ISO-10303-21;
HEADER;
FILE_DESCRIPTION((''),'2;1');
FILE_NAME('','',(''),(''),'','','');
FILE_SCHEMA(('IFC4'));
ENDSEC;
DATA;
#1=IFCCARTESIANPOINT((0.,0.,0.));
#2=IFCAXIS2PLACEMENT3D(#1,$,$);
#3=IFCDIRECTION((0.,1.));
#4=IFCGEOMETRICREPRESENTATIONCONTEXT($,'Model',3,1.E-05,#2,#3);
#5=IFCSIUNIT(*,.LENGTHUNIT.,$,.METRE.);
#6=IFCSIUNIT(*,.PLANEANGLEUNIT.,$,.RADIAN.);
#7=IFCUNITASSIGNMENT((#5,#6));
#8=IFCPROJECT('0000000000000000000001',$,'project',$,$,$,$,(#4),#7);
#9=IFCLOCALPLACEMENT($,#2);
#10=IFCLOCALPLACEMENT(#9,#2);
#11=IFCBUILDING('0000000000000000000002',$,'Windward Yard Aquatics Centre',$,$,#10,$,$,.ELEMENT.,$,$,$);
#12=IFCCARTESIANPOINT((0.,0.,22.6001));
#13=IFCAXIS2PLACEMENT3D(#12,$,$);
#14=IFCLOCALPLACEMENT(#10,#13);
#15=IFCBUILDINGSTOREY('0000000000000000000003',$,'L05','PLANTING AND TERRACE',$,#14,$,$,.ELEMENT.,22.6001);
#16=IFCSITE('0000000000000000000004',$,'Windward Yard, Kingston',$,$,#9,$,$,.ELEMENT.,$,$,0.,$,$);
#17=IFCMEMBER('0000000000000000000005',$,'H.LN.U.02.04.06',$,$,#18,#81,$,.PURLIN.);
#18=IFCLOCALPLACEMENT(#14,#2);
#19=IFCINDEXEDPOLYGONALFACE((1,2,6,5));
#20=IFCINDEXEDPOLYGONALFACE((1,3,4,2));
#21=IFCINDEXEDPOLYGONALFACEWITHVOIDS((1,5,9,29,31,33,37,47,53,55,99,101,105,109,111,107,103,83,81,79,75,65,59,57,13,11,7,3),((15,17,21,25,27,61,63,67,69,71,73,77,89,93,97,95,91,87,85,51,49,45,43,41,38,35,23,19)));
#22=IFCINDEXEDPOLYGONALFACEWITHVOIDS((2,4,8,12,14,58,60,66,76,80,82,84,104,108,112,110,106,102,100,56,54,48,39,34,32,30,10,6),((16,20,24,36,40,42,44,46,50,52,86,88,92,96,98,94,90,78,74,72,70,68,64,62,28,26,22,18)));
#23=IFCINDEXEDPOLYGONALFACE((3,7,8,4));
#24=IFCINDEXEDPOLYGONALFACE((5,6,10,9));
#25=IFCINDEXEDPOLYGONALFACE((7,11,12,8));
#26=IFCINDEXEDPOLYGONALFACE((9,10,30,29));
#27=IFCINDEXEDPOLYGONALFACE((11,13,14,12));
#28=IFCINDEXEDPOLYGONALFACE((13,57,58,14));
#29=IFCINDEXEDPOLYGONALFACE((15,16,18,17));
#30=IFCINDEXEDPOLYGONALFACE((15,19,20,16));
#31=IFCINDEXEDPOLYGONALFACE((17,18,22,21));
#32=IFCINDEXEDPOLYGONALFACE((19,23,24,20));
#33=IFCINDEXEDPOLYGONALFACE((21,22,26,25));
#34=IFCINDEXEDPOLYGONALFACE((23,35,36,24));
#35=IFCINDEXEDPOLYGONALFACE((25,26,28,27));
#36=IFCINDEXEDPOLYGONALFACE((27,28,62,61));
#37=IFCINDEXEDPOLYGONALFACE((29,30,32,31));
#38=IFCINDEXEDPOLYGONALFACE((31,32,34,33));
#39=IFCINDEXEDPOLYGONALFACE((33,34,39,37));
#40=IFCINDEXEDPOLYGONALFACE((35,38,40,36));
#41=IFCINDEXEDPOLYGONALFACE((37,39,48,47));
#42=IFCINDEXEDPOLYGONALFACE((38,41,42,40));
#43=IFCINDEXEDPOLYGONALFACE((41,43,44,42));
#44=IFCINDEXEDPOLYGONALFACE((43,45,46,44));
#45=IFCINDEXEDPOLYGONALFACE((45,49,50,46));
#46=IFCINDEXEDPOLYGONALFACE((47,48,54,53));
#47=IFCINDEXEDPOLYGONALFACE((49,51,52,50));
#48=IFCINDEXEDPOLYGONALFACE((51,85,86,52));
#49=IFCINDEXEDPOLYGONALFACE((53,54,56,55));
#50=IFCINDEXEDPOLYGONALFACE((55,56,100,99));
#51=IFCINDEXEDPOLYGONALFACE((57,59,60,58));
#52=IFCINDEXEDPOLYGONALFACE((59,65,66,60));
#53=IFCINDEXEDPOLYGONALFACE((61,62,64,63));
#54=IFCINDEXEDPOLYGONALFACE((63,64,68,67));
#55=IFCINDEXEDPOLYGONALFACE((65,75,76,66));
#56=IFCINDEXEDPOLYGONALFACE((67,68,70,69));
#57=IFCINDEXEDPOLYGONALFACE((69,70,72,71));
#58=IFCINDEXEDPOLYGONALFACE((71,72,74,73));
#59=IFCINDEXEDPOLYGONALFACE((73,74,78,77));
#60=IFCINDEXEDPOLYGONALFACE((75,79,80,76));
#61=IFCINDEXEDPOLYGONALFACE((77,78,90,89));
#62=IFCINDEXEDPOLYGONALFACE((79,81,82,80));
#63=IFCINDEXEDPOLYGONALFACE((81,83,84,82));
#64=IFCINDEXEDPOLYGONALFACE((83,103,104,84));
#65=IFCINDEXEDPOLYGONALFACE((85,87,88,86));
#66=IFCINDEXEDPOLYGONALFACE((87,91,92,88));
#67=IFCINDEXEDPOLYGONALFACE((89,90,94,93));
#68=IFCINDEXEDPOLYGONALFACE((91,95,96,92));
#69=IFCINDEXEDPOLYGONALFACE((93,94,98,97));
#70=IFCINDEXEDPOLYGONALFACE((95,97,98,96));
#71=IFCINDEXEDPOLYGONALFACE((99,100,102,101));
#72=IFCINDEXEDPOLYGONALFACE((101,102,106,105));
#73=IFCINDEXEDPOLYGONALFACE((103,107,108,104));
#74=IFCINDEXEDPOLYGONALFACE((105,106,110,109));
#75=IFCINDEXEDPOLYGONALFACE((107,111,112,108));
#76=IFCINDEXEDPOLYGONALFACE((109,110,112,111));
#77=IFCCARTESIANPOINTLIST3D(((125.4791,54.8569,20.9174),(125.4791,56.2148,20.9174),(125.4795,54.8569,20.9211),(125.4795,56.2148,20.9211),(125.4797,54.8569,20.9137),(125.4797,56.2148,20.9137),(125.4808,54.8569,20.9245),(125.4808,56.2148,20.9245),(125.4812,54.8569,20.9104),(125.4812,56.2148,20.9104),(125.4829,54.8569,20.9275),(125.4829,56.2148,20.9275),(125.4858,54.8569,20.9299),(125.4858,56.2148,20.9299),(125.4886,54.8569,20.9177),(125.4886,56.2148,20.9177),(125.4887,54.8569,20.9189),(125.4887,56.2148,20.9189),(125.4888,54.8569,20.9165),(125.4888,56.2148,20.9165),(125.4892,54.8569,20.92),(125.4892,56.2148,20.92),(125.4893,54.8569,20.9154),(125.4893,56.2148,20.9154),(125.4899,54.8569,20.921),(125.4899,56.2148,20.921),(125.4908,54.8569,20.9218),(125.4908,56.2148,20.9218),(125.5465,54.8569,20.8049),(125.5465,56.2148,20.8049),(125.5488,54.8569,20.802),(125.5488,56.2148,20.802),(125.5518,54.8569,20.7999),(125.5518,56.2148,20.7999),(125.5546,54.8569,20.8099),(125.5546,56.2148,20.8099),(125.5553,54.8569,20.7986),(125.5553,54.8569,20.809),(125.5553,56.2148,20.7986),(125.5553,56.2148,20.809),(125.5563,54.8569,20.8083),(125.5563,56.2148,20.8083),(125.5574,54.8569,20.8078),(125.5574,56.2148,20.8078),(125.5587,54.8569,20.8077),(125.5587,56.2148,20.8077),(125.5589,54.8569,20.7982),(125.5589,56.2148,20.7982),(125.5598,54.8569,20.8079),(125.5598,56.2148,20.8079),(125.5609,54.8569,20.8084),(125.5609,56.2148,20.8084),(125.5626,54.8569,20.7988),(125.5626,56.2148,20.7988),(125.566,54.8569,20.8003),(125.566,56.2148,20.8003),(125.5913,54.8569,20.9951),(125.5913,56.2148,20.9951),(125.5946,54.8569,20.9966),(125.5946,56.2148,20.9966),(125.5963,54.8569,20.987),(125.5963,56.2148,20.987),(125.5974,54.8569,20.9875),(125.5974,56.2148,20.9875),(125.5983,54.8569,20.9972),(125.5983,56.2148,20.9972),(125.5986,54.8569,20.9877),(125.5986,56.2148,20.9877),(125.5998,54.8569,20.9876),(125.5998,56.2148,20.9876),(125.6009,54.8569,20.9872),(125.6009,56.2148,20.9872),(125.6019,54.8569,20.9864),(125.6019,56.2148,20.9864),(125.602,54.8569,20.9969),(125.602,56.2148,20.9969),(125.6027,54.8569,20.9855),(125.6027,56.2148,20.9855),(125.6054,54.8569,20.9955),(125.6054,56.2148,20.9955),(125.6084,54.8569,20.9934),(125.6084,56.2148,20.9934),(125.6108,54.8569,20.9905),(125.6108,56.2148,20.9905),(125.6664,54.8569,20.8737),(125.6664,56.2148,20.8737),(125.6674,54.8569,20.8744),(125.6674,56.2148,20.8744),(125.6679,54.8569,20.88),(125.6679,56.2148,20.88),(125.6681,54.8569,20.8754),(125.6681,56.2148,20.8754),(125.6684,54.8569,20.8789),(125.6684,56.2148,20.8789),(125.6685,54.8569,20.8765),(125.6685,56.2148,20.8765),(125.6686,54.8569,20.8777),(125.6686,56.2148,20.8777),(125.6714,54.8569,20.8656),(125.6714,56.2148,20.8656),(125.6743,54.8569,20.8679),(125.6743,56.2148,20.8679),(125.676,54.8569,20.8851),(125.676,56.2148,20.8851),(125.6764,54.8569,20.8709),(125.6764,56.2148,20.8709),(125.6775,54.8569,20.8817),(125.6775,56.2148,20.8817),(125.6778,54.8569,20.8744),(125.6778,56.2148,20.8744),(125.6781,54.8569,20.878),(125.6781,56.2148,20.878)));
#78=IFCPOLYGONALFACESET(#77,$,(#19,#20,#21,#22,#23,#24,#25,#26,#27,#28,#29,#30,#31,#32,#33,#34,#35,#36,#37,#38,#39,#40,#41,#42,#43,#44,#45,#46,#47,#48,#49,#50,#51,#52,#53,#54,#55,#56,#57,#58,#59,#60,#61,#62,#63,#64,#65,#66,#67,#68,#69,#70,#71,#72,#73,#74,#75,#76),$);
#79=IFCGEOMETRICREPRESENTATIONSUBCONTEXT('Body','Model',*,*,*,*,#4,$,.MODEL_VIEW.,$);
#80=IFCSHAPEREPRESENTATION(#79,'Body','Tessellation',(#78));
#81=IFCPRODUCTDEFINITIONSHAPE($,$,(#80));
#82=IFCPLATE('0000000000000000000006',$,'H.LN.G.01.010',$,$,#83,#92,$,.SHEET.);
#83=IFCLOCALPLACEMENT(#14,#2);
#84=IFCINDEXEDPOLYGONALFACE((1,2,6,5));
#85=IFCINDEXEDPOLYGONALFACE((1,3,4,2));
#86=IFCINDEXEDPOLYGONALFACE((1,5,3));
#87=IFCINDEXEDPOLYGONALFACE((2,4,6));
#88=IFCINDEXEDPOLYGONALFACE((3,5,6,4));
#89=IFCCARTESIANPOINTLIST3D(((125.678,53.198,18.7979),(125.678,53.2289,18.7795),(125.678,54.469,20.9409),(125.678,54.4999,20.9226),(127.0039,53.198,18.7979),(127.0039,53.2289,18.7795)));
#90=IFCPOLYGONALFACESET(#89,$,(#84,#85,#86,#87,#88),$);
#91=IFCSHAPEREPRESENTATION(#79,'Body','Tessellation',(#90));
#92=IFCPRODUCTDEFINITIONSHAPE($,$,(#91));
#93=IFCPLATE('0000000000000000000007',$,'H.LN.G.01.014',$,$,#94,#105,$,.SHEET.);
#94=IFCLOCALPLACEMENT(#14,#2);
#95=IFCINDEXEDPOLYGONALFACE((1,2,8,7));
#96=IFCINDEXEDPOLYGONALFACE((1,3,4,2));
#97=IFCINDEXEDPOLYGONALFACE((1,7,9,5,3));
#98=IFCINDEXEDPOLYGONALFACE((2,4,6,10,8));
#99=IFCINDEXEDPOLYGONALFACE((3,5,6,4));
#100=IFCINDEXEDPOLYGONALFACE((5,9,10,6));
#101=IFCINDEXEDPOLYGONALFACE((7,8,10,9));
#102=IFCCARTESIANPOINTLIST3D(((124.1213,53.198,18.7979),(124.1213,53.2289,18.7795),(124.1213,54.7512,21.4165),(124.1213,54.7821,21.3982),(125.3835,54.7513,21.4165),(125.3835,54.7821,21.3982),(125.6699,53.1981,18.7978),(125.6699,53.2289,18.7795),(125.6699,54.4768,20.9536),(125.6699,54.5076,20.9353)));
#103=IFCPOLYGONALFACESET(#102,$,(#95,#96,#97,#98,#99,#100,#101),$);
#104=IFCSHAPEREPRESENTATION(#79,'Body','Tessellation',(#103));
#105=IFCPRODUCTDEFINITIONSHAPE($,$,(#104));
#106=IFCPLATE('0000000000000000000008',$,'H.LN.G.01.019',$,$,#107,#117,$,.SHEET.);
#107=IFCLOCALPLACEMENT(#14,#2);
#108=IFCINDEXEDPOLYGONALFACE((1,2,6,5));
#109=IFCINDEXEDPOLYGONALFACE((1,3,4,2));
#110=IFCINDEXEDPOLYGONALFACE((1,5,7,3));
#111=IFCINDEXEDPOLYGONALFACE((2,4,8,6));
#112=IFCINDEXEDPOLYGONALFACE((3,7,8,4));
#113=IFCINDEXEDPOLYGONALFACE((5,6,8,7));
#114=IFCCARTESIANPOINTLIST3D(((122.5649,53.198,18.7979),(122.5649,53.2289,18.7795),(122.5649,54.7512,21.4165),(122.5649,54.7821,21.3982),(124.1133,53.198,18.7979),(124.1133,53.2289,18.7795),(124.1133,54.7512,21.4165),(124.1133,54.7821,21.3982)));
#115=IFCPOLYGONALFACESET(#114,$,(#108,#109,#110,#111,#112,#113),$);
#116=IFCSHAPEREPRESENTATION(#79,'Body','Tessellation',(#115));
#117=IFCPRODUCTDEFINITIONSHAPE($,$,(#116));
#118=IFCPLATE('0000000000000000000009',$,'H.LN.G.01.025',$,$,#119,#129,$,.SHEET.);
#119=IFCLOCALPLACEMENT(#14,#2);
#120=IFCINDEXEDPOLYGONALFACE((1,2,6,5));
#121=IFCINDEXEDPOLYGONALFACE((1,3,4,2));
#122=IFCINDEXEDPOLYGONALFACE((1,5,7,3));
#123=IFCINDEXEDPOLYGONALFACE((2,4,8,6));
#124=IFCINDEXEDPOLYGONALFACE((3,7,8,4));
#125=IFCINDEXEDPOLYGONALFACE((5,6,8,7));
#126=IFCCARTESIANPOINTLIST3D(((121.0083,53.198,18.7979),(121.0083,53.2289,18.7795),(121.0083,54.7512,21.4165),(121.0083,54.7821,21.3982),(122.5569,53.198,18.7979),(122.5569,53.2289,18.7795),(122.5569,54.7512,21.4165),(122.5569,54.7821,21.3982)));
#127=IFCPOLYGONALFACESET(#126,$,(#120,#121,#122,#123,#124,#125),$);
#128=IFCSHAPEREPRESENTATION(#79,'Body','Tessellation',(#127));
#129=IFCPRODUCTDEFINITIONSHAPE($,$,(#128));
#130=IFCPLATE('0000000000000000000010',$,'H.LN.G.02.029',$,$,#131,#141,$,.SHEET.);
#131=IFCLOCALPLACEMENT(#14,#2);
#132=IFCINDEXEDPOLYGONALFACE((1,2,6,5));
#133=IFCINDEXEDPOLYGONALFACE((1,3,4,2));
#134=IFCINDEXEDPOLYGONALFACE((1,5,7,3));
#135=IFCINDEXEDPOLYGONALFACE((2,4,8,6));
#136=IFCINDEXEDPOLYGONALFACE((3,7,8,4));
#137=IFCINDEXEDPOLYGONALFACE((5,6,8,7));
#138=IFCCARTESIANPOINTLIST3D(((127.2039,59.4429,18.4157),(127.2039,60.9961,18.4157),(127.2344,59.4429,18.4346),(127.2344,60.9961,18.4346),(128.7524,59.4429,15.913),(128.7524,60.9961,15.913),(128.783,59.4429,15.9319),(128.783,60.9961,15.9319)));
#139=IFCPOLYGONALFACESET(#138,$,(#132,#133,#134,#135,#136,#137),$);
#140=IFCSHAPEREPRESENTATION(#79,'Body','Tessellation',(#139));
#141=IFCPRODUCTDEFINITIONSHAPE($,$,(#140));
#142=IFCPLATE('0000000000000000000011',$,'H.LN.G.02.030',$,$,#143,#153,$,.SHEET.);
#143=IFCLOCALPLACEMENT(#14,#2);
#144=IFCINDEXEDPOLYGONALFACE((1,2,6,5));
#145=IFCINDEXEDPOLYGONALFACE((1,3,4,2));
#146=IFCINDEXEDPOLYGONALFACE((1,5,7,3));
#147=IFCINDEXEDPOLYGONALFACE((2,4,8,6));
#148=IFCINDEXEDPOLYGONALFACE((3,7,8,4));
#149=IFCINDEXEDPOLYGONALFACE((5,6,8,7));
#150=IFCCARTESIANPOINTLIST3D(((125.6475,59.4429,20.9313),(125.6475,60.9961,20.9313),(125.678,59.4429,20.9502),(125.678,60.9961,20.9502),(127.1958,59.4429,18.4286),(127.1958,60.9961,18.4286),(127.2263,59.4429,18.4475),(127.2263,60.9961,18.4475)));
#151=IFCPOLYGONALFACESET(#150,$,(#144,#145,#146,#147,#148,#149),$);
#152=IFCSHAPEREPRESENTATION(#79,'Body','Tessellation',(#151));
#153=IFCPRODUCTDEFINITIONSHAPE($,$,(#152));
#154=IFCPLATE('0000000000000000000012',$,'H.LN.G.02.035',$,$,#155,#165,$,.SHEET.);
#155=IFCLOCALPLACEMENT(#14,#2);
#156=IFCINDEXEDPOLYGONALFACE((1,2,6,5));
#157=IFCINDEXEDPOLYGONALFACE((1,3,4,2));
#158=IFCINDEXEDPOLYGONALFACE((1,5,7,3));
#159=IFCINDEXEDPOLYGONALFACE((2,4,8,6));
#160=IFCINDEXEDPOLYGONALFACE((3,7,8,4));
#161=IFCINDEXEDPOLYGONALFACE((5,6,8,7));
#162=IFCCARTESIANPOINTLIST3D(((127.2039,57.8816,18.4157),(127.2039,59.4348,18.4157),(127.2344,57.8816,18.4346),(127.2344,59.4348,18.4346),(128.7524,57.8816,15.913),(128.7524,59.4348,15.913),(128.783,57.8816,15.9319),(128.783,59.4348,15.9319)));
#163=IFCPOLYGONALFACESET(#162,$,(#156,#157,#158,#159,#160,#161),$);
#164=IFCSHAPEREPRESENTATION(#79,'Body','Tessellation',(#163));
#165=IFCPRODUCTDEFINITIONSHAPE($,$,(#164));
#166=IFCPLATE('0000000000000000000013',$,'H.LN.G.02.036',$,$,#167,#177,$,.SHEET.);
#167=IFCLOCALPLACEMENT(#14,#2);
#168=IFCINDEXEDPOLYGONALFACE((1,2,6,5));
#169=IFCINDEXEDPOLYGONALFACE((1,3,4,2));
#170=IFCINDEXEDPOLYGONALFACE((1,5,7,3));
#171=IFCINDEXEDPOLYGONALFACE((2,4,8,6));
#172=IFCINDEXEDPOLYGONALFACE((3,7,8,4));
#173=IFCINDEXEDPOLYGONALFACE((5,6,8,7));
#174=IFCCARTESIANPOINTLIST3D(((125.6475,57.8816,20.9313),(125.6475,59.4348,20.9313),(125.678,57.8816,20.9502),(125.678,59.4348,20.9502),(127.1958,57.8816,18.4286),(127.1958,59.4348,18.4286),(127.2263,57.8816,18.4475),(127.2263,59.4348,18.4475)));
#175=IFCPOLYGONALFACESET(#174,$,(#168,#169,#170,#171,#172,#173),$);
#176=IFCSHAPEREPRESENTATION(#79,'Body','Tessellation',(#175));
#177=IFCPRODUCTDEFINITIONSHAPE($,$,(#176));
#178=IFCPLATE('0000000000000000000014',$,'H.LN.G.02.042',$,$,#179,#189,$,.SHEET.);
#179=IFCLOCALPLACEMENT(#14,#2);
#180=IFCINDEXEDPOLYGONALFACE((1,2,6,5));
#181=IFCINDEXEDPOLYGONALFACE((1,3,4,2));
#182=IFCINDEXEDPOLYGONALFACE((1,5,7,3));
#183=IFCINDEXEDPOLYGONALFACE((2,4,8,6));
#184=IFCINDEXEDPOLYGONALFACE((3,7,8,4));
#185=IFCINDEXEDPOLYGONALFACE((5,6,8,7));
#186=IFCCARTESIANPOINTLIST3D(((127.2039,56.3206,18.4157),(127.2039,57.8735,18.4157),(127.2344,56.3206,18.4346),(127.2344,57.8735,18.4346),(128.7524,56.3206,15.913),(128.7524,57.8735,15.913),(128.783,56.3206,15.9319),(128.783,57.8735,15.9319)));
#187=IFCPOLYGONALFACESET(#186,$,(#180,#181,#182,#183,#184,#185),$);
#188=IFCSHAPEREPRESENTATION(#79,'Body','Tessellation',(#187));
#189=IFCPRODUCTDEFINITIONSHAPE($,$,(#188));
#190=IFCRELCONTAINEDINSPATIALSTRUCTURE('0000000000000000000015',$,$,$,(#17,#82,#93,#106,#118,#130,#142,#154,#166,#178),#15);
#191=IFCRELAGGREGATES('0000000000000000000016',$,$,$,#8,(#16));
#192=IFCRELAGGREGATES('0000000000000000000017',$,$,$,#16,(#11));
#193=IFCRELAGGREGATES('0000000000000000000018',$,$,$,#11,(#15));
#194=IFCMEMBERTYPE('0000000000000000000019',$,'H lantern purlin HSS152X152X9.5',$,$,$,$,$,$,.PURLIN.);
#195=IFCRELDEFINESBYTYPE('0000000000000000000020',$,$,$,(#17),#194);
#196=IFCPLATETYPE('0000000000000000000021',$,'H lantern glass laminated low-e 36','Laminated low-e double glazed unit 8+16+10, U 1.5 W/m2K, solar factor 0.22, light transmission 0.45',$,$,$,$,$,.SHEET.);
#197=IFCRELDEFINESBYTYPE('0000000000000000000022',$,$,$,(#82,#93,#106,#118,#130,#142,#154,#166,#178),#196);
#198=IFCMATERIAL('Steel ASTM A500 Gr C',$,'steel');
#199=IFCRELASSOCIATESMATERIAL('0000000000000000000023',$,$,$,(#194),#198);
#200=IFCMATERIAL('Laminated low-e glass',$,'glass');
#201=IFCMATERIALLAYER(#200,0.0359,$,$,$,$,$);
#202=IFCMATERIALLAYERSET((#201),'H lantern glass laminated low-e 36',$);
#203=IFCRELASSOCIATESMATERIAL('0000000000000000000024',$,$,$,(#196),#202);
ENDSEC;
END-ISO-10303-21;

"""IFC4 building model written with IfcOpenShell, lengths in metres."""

from ifc_helpers import new_model, si_unit, direction, frame, origin, origin_2d, place, context, subcontext, project, spatial, polyline, hollow_rectangle, outline, extrude, material, layer, layer_set, material_profile, profile_set, type_object, element, save


model = new_model("IFC4")

# Units and contexts
model_context = context("Model", 3, precision=1e-05, world=origin(), true_north=direction((0.0, 1.0)))
body_context = subcontext(model_context, "Body", "Model", "MODEL_VIEW")
ifc_project = project(units=[si_unit("LENGTHUNIT", "METRE"), si_unit("PLANEANGLEUNIT", "RADIAN")], contexts=[model_context])

# Site, building, storey
site_placement = place(None, origin())
site = spatial("IfcSite", under=ifc_project, at=site_placement, Name="Windward Yard, Kingston", CompositionType="ELEMENT", RefElevation=0.0)
building_placement = place(site_placement, origin())
building = spatial("IfcBuilding", under=site, at=building_placement, Name="Windward Yard Aquatics Centre", CompositionType="ELEMENT")
storey_placement = place(building_placement, frame((0.0, 0.0, 22.6001)))
storey = spatial("IfcBuildingStorey", under=building, at=storey_placement, Name="L05", Description="PLANTING AND TERRACE", CompositionType="ELEMENT", Elevation=22.6001)

# Member
ifc_material_1 = material(Name="Steel ASTM A500 Gr C", Category="steel")
ifc_material_profile = material_profile(ifc_material_1, hollow_rectangle(XDim=0.1523, YDim=0.1523, WallThickness=0.0095, InnerFilletRadius=0.0046, OuterFilletRadius=0.0142, at=origin_2d()), Name="HSS152X152X9.5")
ifc_profile_set = profile_set([ifc_material_profile], Name="Steel ASTM A500 Gr C")
member_type = type_object("IfcMemberType", Name="H lantern purlin HSS152X152X9.5", PredefinedType="PURLIN", material=ifc_profile_set)
member_1_placement = place(storey_placement, frame((125.5786, 56.2148, 20.8977), z_axis=(0.0, -1.0, 0.0), x_axis=(0.526172, 0.0, -0.850378)))
element("IfcMember", 1, at=member_1_placement, inside=storey, type_object=member_type, Name="H.LN.U.02.04.06", PredefinedType="PURLIN", context=body_context, shape_type="SweptSolid", body=[
    extrude(hollow_rectangle(XDim=0.1523, YDim=0.1523, WallThickness=0.0095, InnerFilletRadius=0.0046, OuterFilletRadius=0.0142, at=origin_2d()), origin(), (0.0, 0.0, 1.0), 1.3579),
])

# Plates
ifc_material_2 = material(Name="Laminated low-e glass", Category="glass")
ifc_layer = layer(ifc_material_2, 0.0359)
ifc_layer_set = layer_set([ifc_layer], Name="H lantern glass laminated low-e 36")
plate_type = type_object("IfcPlateType", Name="H lantern glass laminated low-e 36", Description="Laminated low-e double glazed unit 8+16+10, U 1.5 W/m2K, solar factor 0.22, light transmission 0.45", PredefinedType="SHEET", material=ifc_layer_set)
plate_1_placement = place(storey_placement, frame((125.678, 53.198, 18.7979), z_axis=(0.0, -0.86011, 0.510109), x_axis=(0.0, 0.510109, 0.86011)))
element("IfcPlate", 2, at=plate_1_placement, inside=storey, type_object=plate_type, Name="H.LN.G.01.010", PredefinedType="SHEET", context=body_context, shape_type="SweptSolid", body=[
    extrude(outline(polyline([(0.0, 0.0), (2.4916, 0.0), (0.0, -1.3259), (0.0, 0.0)])), origin(), (0.0, 0.0, -1.0), 0.0359),
])
plate_2_placement = place(storey_placement, frame((124.1213, 53.198, 18.7979), z_axis=(0.000041, -0.860084, 0.510153), x_axis=(0.0, 0.510153, 0.860084)))
element("IfcPlate", 3, at=plate_2_placement, inside=storey, type_object=plate_type, Name="H.LN.G.01.014", PredefinedType="SHEET", context=body_context, shape_type="SweptSolid", body=[
    extrude(outline(polyline([(0.0, 0.0), (3.0446, 0.0), (3.0446, -1.2622), (2.5065, -1.5486), (0.0, -1.5486), (0.0, 0.0)])), origin(), (0.0, 0.0, -1.0), 0.0359),
])
plate_3_placement = place(storey_placement, frame((122.5649, 53.198, 18.7979), z_axis=(0.0, -0.860086, 0.51015), x_axis=(0.0, 0.51015, 0.860086)))
element("IfcPlate", 4, at=plate_3_placement, inside=storey, type_object=plate_type, Name="H.LN.G.01.019", PredefinedType="SHEET", context=body_context, shape_type="SweptSolid", body=[
    extrude(outline(polyline([(0.0, 0.0), (3.0446, 0.0), (3.0446, -1.5483), (0.0, -1.5483), (0.0, 0.0)])), origin(), (0.0, 0.0, -1.0), 0.0359),
])
plate_4_placement = place(storey_placement, frame((121.0083, 53.198, 18.7979), z_axis=(0.0, -0.860086, 0.51015), x_axis=(0.0, 0.51015, 0.860086)))
element("IfcPlate", 5, at=plate_4_placement, inside=storey, type_object=plate_type, Name="H.LN.G.01.025", PredefinedType="SHEET", context=body_context, shape_type="SweptSolid", body=[
    extrude(outline(polyline([(0.0, 0.0), (3.0446, 0.0), (3.0446, -1.5486), (0.0, -1.5486), (0.0, 0.0)])), origin(), (0.0, 0.0, -1.0), 0.0359),
])
plate_5_placement = place(storey_placement, frame((127.2344, 59.4429, 18.4346), z_axis=(0.850371, 0.0, 0.526183), x_axis=(0.0, 1.0, 0.0)))
element("IfcPlate", 6, at=plate_5_placement, inside=storey, type_object=plate_type, Name="H.LN.G.02.029", PredefinedType="SHEET", context=body_context, shape_type="SweptSolid", body=[
    extrude(outline(polyline([(0.0, 0.0), (1.5532, 0.0), (1.5532, -2.9431), (0.0, -2.9431), (0.0, 0.0)])), origin(), (0.0, 0.0, -1.0), 0.0359),
])
plate_6_placement = place(storey_placement, frame((125.678, 59.4429, 20.9502), z_axis=(0.850408, 0.0, 0.526123), x_axis=(0.0, 1.0, 0.0)))
element("IfcPlate", 7, at=plate_6_placement, inside=storey, type_object=plate_type, Name="H.LN.G.02.030", PredefinedType="SHEET", context=body_context, shape_type="SweptSolid", body=[
    extrude(outline(polyline([(0.0, 0.0), (1.5532, 0.0), (1.5532, -2.9429), (0.0, -2.9429), (0.0, 0.0)])), origin(), (0.0, 0.0, -1.0), 0.0359),
])
plate_7_placement = place(storey_placement, frame((127.2344, 57.8816, 18.4346), z_axis=(0.850371, 0.0, 0.526183), x_axis=(0.0, 1.0, 0.0)))
element("IfcPlate", 8, at=plate_7_placement, inside=storey, type_object=plate_type, Name="H.LN.G.02.035", PredefinedType="SHEET", context=body_context, shape_type="SweptSolid", body=[
    extrude(outline(polyline([(0.0, 0.0), (1.5532, 0.0), (1.5532, -2.9431), (0.0, -2.9431), (0.0, 0.0)])), origin(), (0.0, 0.0, -1.0), 0.0359),
])
plate_8_placement = place(storey_placement, frame((125.678, 57.8816, 20.9502), z_axis=(0.850408, 0.0, 0.526123), x_axis=(0.0, 1.0, 0.0)))
element("IfcPlate", 9, at=plate_8_placement, inside=storey, type_object=plate_type, Name="H.LN.G.02.036", PredefinedType="SHEET", context=body_context, shape_type="SweptSolid", body=[
    extrude(outline(polyline([(0.0, 0.0), (1.5532, 0.0), (1.5532, -2.9429), (0.0, -2.9429), (0.0, 0.0)])), origin(), (0.0, 0.0, -1.0), 0.0359),
])
plate_9_placement = place(storey_placement, frame((127.2344, 56.3206, 18.4346), z_axis=(0.850371, 0.0, 0.526183), x_axis=(0.0, 1.0, 0.0)))
element("IfcPlate", 10, at=plate_9_placement, inside=storey, type_object=plate_type, Name="H.LN.G.02.042", PredefinedType="SHEET", context=body_context, shape_type="SweptSolid", body=[
    extrude(outline(polyline([(0.0, 0.0), (1.553, 0.0), (1.553, -2.9431), (0.0, -2.9431), (0.0, 0.0)])), origin(), (0.0, 0.0, -1.0), 0.0359),
])

save(model, "model.ifc")
